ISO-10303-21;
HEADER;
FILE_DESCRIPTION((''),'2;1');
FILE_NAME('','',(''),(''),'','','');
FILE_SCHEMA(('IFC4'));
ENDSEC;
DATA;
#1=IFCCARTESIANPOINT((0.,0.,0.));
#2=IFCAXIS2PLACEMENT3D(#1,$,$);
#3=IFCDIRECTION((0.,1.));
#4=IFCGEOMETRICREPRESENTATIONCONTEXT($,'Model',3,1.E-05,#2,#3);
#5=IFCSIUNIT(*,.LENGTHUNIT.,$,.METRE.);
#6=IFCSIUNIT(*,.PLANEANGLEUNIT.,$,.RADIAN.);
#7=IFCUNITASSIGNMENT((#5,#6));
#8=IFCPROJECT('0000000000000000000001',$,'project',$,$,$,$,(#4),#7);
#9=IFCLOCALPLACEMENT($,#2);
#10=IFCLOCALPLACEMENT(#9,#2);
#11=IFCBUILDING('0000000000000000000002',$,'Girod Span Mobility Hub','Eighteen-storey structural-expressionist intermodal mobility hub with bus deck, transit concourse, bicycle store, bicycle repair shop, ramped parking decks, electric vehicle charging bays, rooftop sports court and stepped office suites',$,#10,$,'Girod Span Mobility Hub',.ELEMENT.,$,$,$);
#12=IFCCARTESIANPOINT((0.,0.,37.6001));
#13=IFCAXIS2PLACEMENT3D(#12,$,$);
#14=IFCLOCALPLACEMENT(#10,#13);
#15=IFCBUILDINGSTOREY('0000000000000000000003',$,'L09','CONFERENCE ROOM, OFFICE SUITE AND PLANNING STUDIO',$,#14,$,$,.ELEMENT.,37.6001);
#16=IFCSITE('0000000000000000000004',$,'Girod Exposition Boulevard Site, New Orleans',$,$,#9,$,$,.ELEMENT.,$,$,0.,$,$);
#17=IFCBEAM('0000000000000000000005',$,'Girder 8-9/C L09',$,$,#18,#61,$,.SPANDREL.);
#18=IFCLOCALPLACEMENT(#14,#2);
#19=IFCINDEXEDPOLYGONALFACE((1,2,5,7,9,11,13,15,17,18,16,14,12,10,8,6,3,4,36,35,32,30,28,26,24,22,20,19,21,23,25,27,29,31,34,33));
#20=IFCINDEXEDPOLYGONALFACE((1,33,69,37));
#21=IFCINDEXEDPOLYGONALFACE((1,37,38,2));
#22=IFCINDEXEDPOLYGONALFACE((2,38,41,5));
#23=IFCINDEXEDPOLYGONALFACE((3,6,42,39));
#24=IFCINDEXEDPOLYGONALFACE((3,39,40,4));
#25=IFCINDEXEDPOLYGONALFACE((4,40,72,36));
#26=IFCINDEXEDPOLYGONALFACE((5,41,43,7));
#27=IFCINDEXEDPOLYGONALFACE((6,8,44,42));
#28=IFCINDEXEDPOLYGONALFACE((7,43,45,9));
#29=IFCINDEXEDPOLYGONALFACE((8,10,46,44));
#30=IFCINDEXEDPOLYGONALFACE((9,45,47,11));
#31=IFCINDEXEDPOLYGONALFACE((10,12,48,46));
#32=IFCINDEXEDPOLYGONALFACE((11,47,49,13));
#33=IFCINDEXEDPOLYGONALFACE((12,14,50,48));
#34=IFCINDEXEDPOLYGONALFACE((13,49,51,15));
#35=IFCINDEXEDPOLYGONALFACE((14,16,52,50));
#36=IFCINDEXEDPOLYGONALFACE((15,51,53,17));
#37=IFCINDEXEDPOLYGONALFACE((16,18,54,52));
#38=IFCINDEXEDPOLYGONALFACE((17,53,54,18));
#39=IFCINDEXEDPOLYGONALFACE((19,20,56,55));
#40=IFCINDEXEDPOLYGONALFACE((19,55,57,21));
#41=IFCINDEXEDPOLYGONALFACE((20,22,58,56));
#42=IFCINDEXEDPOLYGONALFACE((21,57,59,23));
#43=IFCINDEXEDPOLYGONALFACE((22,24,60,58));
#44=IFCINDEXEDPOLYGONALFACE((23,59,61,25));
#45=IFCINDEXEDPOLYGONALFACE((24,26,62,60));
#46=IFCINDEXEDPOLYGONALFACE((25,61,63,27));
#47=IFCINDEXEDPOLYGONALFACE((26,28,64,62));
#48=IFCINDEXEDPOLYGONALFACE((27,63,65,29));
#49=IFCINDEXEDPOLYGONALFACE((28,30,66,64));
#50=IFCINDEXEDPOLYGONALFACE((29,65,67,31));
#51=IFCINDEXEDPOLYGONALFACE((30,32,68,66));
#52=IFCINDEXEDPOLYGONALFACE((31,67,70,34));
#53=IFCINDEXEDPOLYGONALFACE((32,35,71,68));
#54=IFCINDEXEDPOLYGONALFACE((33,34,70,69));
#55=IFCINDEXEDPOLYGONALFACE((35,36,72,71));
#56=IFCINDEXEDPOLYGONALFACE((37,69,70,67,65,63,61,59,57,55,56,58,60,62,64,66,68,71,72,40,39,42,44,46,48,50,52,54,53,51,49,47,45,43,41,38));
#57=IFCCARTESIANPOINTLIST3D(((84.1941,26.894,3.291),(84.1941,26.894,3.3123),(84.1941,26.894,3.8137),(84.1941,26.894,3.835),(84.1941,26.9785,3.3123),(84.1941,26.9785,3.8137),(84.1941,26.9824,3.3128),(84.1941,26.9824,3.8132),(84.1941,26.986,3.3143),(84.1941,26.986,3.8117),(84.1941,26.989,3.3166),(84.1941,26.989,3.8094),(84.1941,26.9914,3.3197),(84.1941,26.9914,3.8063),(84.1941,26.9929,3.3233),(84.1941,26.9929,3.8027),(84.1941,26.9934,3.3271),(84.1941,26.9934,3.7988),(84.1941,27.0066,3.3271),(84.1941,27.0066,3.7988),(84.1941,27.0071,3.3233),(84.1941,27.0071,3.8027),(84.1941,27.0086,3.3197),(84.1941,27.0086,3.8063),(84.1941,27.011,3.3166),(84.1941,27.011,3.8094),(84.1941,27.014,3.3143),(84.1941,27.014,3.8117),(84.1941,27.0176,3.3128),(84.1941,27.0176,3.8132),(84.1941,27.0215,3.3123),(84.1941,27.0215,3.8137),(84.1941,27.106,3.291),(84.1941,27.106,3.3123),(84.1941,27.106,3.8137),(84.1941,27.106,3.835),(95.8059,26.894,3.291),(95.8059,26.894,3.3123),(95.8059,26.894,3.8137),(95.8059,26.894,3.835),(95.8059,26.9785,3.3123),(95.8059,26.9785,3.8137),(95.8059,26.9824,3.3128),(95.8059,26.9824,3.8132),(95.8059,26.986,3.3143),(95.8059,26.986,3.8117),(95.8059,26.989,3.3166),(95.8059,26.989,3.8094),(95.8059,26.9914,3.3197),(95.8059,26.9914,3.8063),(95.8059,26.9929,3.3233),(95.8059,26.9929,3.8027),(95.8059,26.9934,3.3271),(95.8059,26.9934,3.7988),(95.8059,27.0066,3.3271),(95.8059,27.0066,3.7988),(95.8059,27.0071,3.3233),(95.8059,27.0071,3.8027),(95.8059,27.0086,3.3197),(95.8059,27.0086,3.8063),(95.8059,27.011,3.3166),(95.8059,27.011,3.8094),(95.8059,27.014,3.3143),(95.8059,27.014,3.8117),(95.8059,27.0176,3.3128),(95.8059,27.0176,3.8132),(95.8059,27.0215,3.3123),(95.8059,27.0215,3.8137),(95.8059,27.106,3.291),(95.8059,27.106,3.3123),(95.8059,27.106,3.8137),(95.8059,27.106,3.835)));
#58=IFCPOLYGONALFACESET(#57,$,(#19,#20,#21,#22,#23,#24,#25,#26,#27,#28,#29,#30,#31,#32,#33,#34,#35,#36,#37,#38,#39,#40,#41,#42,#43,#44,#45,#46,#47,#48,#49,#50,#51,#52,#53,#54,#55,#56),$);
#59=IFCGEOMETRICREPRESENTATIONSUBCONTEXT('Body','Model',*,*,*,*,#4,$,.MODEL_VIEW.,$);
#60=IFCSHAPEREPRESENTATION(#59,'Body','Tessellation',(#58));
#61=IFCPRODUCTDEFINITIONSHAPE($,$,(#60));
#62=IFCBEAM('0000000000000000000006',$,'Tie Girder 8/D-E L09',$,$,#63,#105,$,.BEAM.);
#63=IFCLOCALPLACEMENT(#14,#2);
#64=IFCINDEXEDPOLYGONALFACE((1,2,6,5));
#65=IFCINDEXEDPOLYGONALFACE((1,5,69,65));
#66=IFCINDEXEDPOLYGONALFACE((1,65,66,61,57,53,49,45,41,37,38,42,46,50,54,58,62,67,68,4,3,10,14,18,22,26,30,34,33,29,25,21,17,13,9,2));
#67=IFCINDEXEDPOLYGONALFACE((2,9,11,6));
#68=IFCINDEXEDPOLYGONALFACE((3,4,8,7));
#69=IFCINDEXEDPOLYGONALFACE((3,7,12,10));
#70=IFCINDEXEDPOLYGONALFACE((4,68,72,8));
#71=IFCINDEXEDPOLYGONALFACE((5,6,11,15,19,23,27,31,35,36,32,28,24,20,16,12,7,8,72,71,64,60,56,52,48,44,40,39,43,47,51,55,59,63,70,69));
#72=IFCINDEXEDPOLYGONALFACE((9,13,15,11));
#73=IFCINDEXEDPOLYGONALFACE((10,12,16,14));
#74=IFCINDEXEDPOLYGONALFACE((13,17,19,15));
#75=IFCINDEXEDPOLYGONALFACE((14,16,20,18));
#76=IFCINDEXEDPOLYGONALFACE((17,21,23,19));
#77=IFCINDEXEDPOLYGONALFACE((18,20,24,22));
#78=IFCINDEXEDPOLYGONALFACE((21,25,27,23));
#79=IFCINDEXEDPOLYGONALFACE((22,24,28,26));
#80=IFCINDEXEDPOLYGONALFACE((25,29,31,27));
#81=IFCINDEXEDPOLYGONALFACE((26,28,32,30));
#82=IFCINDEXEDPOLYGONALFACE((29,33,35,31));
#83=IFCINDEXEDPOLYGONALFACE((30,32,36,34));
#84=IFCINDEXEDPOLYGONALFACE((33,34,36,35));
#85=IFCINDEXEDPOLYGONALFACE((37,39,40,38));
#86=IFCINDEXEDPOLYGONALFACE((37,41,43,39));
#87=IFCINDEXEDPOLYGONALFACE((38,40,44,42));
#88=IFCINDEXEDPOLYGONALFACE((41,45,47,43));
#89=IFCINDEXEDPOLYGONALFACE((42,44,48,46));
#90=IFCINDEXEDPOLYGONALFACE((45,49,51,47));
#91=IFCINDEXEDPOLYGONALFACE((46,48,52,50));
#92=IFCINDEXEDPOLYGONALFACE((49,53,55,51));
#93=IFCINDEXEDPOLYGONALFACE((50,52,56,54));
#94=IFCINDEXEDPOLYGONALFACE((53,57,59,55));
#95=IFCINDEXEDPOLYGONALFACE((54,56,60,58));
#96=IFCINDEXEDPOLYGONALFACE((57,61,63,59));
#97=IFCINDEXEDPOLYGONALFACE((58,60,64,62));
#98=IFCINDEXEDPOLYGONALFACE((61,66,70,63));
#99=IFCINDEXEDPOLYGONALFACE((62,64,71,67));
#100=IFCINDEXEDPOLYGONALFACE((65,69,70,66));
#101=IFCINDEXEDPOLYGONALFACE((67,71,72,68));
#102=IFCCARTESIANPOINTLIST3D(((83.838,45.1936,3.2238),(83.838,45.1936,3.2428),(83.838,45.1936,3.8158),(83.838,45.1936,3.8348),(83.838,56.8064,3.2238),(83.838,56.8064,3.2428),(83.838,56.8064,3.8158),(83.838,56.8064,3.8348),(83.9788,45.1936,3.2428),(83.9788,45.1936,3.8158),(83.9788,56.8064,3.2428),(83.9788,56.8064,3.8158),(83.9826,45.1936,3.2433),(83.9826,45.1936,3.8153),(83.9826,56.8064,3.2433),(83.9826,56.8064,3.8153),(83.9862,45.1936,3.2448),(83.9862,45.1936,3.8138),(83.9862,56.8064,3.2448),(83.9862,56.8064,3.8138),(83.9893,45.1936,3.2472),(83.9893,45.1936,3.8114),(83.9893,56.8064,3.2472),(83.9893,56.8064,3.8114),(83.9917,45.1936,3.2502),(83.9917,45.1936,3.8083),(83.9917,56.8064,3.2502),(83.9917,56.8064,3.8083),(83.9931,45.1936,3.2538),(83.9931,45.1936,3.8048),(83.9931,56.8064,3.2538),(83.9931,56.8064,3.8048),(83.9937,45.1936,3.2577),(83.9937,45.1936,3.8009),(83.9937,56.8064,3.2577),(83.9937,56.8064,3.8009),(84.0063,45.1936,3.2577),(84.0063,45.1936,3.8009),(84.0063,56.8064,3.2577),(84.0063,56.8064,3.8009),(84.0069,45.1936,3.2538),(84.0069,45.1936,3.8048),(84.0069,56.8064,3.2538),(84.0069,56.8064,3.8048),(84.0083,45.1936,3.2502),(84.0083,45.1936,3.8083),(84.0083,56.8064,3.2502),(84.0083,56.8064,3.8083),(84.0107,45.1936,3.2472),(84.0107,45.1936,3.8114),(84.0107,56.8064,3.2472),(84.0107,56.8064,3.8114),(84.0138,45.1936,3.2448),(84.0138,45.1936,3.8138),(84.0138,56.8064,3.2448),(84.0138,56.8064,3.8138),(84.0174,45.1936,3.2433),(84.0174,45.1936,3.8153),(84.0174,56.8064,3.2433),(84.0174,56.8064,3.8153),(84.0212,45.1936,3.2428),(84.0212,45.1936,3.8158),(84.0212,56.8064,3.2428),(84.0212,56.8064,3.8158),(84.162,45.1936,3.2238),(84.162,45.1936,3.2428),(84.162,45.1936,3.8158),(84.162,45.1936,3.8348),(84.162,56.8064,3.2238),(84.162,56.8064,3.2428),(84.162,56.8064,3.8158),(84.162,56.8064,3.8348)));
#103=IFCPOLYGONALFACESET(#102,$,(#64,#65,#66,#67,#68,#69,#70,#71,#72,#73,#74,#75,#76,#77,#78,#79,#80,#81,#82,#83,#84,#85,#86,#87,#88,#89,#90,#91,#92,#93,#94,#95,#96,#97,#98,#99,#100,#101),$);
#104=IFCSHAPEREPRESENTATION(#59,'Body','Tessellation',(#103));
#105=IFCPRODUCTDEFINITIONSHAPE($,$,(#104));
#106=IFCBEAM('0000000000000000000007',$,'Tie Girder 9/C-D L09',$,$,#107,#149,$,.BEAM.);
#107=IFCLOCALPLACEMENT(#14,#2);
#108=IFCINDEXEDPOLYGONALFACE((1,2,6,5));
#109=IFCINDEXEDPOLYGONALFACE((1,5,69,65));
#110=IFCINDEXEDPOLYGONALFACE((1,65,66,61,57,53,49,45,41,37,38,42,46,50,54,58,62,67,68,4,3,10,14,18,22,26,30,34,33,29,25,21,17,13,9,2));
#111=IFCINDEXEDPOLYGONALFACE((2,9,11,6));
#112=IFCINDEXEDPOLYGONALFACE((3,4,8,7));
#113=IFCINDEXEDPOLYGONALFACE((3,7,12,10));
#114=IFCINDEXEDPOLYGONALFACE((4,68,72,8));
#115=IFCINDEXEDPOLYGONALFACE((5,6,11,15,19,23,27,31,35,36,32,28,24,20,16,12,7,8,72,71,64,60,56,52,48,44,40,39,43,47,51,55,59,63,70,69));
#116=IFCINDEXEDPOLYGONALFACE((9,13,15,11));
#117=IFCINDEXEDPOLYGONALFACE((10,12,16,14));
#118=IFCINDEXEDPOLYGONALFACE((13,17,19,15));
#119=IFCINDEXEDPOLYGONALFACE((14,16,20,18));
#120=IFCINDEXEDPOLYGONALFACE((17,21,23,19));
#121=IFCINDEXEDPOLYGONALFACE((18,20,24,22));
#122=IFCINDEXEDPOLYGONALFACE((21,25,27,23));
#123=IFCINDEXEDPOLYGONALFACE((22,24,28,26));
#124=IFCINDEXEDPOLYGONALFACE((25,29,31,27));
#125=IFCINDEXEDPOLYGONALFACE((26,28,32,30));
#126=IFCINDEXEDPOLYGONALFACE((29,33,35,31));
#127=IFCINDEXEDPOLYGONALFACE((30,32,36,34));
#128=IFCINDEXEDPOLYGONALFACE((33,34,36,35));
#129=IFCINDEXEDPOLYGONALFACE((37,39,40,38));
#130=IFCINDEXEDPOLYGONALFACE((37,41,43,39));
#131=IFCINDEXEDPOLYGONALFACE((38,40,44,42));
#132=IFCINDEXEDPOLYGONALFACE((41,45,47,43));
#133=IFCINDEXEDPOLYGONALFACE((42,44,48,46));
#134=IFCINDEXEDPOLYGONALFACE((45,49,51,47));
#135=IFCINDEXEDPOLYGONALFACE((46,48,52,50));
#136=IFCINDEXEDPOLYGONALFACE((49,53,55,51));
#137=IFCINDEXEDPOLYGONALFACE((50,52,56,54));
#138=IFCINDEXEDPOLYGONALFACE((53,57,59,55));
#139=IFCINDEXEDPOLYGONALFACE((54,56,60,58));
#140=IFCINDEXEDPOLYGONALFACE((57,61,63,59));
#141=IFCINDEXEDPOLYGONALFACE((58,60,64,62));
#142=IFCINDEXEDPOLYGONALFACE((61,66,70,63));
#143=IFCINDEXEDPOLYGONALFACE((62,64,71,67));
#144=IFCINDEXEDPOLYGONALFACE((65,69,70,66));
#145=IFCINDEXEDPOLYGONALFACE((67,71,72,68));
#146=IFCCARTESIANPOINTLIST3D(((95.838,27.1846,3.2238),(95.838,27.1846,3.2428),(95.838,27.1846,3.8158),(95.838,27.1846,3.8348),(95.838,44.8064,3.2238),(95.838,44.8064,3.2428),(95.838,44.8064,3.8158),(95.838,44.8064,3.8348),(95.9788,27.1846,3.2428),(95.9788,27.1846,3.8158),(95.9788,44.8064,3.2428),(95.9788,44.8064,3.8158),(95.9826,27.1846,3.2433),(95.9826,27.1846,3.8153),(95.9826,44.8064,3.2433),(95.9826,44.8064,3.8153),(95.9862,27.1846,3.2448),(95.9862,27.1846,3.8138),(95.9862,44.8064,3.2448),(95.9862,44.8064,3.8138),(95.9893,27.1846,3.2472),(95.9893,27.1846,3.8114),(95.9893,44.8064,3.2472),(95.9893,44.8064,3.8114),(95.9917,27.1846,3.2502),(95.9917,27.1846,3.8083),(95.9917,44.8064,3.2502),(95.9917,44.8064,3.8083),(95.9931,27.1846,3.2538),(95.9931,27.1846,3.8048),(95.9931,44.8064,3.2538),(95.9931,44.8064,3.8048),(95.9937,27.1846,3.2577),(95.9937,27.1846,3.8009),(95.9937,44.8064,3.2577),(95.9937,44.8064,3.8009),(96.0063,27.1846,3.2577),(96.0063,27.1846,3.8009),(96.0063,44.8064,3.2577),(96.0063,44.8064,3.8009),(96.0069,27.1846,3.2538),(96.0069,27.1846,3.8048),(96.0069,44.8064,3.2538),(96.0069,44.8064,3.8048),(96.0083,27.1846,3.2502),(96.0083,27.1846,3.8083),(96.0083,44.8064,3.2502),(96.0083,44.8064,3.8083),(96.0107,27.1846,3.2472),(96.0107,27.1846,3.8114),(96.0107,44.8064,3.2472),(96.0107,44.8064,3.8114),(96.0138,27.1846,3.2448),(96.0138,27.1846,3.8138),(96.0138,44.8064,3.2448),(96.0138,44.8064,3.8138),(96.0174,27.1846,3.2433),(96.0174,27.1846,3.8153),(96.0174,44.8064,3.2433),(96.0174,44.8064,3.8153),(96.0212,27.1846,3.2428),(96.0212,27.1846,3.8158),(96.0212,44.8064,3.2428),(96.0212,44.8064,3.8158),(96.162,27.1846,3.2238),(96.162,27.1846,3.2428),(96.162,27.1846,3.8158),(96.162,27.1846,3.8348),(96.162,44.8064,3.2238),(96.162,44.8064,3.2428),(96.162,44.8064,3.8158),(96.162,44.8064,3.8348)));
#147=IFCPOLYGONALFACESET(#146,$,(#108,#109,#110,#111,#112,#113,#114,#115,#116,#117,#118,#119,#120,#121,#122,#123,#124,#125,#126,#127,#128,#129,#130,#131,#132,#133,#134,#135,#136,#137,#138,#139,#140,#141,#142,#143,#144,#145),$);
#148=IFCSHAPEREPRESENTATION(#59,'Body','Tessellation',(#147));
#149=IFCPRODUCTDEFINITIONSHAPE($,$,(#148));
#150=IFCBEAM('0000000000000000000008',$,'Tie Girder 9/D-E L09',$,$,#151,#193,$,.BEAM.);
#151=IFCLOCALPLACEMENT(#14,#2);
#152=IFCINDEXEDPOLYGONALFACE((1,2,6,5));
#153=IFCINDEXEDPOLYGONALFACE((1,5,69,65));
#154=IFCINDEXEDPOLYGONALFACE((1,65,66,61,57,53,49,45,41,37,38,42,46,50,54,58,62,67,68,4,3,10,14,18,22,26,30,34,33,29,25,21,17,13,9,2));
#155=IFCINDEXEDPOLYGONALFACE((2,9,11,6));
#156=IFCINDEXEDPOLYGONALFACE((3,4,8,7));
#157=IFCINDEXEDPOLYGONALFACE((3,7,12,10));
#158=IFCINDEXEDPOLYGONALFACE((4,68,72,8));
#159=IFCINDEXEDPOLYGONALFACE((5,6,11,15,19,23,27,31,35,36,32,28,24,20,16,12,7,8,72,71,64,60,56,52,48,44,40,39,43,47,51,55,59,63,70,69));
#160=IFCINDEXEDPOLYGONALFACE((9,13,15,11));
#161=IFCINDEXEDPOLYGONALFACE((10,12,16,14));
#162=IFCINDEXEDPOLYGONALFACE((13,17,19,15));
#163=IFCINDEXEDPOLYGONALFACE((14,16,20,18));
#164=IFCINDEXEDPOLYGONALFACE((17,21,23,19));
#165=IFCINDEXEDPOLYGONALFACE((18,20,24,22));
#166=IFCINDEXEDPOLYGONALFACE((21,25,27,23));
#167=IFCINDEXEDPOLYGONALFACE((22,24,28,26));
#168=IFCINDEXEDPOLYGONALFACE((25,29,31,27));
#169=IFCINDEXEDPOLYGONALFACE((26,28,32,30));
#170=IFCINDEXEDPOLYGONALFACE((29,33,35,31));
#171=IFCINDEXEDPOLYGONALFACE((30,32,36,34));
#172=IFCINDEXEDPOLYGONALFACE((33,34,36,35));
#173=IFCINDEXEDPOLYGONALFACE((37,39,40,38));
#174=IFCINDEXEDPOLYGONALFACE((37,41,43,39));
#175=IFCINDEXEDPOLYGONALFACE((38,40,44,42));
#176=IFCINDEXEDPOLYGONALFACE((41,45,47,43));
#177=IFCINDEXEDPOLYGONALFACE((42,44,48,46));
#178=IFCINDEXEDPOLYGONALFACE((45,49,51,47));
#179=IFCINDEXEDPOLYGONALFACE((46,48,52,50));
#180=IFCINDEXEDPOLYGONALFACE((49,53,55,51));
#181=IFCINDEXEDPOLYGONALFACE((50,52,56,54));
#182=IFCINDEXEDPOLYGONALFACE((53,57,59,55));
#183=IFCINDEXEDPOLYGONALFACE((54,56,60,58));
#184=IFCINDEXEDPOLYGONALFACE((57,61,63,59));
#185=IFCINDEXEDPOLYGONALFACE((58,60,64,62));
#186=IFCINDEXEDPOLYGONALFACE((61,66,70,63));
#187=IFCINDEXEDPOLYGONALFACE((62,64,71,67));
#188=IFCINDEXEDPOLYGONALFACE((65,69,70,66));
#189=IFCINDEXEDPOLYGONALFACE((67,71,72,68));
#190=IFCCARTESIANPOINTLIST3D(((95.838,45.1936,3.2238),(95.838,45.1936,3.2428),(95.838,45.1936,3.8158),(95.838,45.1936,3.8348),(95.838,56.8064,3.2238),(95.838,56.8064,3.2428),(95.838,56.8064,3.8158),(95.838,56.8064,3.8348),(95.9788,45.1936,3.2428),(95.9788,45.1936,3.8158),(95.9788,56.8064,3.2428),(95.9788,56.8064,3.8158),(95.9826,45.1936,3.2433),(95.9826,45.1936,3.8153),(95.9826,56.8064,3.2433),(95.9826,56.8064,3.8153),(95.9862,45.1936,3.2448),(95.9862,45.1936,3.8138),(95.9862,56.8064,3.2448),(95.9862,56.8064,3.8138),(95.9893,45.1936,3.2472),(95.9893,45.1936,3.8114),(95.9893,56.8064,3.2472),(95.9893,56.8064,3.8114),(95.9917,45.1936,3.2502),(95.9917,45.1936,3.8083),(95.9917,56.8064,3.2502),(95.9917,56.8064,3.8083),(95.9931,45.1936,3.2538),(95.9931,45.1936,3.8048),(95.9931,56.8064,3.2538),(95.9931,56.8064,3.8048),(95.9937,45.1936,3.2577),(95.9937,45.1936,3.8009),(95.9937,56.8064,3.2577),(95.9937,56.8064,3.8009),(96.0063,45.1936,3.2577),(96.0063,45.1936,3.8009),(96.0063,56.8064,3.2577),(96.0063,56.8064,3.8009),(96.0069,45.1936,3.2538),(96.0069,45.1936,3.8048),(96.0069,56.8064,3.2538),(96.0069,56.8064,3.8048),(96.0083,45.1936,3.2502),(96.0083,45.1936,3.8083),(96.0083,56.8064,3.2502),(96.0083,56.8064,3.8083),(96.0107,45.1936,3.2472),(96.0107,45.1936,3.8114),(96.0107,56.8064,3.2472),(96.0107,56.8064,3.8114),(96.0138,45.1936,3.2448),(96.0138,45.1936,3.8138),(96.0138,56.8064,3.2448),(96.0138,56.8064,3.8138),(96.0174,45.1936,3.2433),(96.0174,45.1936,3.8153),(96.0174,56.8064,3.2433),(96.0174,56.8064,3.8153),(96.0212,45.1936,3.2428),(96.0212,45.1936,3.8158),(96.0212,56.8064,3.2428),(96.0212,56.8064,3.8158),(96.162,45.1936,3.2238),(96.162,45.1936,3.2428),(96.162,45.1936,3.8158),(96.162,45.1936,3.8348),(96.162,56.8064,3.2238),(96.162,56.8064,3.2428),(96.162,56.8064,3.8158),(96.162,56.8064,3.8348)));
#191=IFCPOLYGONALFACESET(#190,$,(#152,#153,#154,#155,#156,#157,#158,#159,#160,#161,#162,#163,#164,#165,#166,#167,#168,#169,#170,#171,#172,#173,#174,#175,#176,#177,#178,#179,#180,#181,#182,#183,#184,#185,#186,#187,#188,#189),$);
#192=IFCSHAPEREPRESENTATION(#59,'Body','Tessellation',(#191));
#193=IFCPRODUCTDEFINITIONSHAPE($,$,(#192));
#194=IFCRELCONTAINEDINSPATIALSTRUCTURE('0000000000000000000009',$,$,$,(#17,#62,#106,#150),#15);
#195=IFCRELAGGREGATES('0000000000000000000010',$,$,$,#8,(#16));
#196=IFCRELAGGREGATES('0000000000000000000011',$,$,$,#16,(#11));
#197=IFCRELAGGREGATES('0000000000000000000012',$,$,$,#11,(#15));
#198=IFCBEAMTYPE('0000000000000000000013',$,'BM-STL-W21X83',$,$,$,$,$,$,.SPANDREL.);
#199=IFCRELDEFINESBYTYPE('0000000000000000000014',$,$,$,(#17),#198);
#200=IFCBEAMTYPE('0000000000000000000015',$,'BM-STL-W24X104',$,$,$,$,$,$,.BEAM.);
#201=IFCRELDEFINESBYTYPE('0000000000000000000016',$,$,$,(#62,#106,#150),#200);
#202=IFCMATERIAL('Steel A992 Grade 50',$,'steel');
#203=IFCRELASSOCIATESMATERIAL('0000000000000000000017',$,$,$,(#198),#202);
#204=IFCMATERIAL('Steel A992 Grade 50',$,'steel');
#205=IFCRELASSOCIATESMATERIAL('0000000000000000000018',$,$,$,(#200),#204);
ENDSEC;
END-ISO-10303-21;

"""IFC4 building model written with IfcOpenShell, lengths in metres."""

from ifc_helpers import new_model, si_unit, direction, frame, origin, origin_2d, place, context, subcontext, project, spatial, i_section, extrude, material, material_profile, profile_set, type_object, element, save


model = new_model("IFC4")

# Units and contexts
model_context = context("Model", 3, precision=1e-05, world=origin(), true_north=direction((0.0, 1.0)))
body_context = subcontext(model_context, "Body", "Model", "MODEL_VIEW")
ifc_project = project(units=[si_unit("LENGTHUNIT", "METRE"), si_unit("PLANEANGLEUNIT", "RADIAN")], contexts=[model_context])

# Site, building, storey
site_placement = place(None, origin())
site = spatial("IfcSite", under=ifc_project, at=site_placement, Name="Girod Exposition Boulevard Site, New Orleans", CompositionType="ELEMENT", RefElevation=0.0)
building_placement = place(site_placement, origin())
building = spatial("IfcBuilding", under=site, at=building_placement, Name="Girod Span Mobility Hub", Description="Eighteen-storey structural-expressionist intermodal mobility hub with bus deck, transit concourse, bicycle store, bicycle repair shop, ramped parking decks, electric vehicle charging bays, rooftop sports court and stepped office suites", LongName="Girod Span Mobility Hub", CompositionType="ELEMENT")
storey_placement = place(building_placement, frame((0.0, 0.0, 37.6001)))
storey = spatial("IfcBuildingStorey", under=building, at=storey_placement, Name="L09", Description="CONFERENCE ROOM, OFFICE SUITE AND PLANNING STUDIO", CompositionType="ELEMENT", Elevation=37.6001)

# Beams
ifc_material_1 = material(Name="Steel A992 Grade 50", Category="steel")
ifc_material_profile_1 = material_profile(ifc_material_1, i_section(OverallWidth=0.2119, OverallDepth=0.5439, WebThickness=0.0132, FlangeThickness=0.0212, FilletRadius=0.0149, at=origin_2d()), Name="W21X83")
ifc_profile_set_1 = profile_set([ifc_material_profile_1], Name="Steel A992 Grade 50")
beam_type_1 = type_object("IfcBeamType", Name="BM-STL-W21X83", PredefinedType="SPANDREL", material=ifc_profile_set_1)
beam_1_placement = place(storey_placement, frame((84.1941, 27.0, 3.563), z_axis=(1.0, 0.0, 0.0), x_axis=(0.0, 1.0, 0.0)))
element("IfcBeam", 1, at=beam_1_placement, inside=storey, type_object=beam_type_1, Name="Girder 8-9/C L09", PredefinedType="SPANDREL", context=body_context, shape_type="SweptSolid", body=[
    extrude(i_section(OverallWidth=0.2119, OverallDepth=0.5439, WebThickness=0.0132, FlangeThickness=0.0212, FilletRadius=0.0149, at=origin_2d()), origin(), (0.0, 0.0, 1.0), 11.6118),
])
ifc_material_2 = material(Name="Steel A992 Grade 50", Category="steel")
ifc_material_profile_2 = material_profile(ifc_material_2, i_section(OverallWidth=0.324, OverallDepth=0.6111, WebThickness=0.0127, FlangeThickness=0.019, FilletRadius=0.0149, at=origin_2d()), Name="W24X104")
ifc_profile_set_2 = profile_set([ifc_material_profile_2], Name="Steel A992 Grade 50")
beam_type_2 = type_object("IfcBeamType", Name="BM-STL-W24X104", PredefinedType="BEAM", material=ifc_profile_set_2)
beam_2_placement = place(storey_placement, frame((84.0, 45.1936, 3.5293), z_axis=(0.0, 1.0, 0.0), x_axis=(-1.0, 0.0, 0.0)))
element("IfcBeam", 2, at=beam_2_placement, inside=storey, type_object=beam_type_2, Name="Tie Girder 8/D-E L09", PredefinedType="BEAM", context=body_context, shape_type="SweptSolid", body=[
    extrude(i_section(OverallWidth=0.324, OverallDepth=0.6111, WebThickness=0.0127, FlangeThickness=0.019, FilletRadius=0.0149, at=origin_2d()), origin(), (0.0, 0.0, 1.0), 11.6128),
])
beam_3_placement = place(storey_placement, frame((96.0, 27.1846, 3.5293), z_axis=(0.0, 1.0, 0.0), x_axis=(-1.0, 0.0, 0.0)))
element("IfcBeam", 3, at=beam_3_placement, inside=storey, type_object=beam_type_2, Name="Tie Girder 9/C-D L09", PredefinedType="BEAM", context=body_context, shape_type="SweptSolid", body=[
    extrude(i_section(OverallWidth=0.324, OverallDepth=0.6111, WebThickness=0.0127, FlangeThickness=0.019, FilletRadius=0.0149, at=origin_2d()), origin(), (0.0, 0.0, 1.0), 17.6218),
])
beam_4_placement = place(storey_placement, frame((96.0, 45.1936, 3.5293), z_axis=(0.0, 1.0, 0.0), x_axis=(-1.0, 0.0, 0.0)))
element("IfcBeam", 4, at=beam_4_placement, inside=storey, type_object=beam_type_2, Name="Tie Girder 9/D-E L09", PredefinedType="BEAM", context=body_context, shape_type="SweptSolid", body=[
    extrude(i_section(OverallWidth=0.324, OverallDepth=0.6111, WebThickness=0.0127, FlangeThickness=0.019, FilletRadius=0.0149, at=origin_2d()), origin(), (0.0, 0.0, 1.0), 11.6128),
])

save(model, "model.ifc")
